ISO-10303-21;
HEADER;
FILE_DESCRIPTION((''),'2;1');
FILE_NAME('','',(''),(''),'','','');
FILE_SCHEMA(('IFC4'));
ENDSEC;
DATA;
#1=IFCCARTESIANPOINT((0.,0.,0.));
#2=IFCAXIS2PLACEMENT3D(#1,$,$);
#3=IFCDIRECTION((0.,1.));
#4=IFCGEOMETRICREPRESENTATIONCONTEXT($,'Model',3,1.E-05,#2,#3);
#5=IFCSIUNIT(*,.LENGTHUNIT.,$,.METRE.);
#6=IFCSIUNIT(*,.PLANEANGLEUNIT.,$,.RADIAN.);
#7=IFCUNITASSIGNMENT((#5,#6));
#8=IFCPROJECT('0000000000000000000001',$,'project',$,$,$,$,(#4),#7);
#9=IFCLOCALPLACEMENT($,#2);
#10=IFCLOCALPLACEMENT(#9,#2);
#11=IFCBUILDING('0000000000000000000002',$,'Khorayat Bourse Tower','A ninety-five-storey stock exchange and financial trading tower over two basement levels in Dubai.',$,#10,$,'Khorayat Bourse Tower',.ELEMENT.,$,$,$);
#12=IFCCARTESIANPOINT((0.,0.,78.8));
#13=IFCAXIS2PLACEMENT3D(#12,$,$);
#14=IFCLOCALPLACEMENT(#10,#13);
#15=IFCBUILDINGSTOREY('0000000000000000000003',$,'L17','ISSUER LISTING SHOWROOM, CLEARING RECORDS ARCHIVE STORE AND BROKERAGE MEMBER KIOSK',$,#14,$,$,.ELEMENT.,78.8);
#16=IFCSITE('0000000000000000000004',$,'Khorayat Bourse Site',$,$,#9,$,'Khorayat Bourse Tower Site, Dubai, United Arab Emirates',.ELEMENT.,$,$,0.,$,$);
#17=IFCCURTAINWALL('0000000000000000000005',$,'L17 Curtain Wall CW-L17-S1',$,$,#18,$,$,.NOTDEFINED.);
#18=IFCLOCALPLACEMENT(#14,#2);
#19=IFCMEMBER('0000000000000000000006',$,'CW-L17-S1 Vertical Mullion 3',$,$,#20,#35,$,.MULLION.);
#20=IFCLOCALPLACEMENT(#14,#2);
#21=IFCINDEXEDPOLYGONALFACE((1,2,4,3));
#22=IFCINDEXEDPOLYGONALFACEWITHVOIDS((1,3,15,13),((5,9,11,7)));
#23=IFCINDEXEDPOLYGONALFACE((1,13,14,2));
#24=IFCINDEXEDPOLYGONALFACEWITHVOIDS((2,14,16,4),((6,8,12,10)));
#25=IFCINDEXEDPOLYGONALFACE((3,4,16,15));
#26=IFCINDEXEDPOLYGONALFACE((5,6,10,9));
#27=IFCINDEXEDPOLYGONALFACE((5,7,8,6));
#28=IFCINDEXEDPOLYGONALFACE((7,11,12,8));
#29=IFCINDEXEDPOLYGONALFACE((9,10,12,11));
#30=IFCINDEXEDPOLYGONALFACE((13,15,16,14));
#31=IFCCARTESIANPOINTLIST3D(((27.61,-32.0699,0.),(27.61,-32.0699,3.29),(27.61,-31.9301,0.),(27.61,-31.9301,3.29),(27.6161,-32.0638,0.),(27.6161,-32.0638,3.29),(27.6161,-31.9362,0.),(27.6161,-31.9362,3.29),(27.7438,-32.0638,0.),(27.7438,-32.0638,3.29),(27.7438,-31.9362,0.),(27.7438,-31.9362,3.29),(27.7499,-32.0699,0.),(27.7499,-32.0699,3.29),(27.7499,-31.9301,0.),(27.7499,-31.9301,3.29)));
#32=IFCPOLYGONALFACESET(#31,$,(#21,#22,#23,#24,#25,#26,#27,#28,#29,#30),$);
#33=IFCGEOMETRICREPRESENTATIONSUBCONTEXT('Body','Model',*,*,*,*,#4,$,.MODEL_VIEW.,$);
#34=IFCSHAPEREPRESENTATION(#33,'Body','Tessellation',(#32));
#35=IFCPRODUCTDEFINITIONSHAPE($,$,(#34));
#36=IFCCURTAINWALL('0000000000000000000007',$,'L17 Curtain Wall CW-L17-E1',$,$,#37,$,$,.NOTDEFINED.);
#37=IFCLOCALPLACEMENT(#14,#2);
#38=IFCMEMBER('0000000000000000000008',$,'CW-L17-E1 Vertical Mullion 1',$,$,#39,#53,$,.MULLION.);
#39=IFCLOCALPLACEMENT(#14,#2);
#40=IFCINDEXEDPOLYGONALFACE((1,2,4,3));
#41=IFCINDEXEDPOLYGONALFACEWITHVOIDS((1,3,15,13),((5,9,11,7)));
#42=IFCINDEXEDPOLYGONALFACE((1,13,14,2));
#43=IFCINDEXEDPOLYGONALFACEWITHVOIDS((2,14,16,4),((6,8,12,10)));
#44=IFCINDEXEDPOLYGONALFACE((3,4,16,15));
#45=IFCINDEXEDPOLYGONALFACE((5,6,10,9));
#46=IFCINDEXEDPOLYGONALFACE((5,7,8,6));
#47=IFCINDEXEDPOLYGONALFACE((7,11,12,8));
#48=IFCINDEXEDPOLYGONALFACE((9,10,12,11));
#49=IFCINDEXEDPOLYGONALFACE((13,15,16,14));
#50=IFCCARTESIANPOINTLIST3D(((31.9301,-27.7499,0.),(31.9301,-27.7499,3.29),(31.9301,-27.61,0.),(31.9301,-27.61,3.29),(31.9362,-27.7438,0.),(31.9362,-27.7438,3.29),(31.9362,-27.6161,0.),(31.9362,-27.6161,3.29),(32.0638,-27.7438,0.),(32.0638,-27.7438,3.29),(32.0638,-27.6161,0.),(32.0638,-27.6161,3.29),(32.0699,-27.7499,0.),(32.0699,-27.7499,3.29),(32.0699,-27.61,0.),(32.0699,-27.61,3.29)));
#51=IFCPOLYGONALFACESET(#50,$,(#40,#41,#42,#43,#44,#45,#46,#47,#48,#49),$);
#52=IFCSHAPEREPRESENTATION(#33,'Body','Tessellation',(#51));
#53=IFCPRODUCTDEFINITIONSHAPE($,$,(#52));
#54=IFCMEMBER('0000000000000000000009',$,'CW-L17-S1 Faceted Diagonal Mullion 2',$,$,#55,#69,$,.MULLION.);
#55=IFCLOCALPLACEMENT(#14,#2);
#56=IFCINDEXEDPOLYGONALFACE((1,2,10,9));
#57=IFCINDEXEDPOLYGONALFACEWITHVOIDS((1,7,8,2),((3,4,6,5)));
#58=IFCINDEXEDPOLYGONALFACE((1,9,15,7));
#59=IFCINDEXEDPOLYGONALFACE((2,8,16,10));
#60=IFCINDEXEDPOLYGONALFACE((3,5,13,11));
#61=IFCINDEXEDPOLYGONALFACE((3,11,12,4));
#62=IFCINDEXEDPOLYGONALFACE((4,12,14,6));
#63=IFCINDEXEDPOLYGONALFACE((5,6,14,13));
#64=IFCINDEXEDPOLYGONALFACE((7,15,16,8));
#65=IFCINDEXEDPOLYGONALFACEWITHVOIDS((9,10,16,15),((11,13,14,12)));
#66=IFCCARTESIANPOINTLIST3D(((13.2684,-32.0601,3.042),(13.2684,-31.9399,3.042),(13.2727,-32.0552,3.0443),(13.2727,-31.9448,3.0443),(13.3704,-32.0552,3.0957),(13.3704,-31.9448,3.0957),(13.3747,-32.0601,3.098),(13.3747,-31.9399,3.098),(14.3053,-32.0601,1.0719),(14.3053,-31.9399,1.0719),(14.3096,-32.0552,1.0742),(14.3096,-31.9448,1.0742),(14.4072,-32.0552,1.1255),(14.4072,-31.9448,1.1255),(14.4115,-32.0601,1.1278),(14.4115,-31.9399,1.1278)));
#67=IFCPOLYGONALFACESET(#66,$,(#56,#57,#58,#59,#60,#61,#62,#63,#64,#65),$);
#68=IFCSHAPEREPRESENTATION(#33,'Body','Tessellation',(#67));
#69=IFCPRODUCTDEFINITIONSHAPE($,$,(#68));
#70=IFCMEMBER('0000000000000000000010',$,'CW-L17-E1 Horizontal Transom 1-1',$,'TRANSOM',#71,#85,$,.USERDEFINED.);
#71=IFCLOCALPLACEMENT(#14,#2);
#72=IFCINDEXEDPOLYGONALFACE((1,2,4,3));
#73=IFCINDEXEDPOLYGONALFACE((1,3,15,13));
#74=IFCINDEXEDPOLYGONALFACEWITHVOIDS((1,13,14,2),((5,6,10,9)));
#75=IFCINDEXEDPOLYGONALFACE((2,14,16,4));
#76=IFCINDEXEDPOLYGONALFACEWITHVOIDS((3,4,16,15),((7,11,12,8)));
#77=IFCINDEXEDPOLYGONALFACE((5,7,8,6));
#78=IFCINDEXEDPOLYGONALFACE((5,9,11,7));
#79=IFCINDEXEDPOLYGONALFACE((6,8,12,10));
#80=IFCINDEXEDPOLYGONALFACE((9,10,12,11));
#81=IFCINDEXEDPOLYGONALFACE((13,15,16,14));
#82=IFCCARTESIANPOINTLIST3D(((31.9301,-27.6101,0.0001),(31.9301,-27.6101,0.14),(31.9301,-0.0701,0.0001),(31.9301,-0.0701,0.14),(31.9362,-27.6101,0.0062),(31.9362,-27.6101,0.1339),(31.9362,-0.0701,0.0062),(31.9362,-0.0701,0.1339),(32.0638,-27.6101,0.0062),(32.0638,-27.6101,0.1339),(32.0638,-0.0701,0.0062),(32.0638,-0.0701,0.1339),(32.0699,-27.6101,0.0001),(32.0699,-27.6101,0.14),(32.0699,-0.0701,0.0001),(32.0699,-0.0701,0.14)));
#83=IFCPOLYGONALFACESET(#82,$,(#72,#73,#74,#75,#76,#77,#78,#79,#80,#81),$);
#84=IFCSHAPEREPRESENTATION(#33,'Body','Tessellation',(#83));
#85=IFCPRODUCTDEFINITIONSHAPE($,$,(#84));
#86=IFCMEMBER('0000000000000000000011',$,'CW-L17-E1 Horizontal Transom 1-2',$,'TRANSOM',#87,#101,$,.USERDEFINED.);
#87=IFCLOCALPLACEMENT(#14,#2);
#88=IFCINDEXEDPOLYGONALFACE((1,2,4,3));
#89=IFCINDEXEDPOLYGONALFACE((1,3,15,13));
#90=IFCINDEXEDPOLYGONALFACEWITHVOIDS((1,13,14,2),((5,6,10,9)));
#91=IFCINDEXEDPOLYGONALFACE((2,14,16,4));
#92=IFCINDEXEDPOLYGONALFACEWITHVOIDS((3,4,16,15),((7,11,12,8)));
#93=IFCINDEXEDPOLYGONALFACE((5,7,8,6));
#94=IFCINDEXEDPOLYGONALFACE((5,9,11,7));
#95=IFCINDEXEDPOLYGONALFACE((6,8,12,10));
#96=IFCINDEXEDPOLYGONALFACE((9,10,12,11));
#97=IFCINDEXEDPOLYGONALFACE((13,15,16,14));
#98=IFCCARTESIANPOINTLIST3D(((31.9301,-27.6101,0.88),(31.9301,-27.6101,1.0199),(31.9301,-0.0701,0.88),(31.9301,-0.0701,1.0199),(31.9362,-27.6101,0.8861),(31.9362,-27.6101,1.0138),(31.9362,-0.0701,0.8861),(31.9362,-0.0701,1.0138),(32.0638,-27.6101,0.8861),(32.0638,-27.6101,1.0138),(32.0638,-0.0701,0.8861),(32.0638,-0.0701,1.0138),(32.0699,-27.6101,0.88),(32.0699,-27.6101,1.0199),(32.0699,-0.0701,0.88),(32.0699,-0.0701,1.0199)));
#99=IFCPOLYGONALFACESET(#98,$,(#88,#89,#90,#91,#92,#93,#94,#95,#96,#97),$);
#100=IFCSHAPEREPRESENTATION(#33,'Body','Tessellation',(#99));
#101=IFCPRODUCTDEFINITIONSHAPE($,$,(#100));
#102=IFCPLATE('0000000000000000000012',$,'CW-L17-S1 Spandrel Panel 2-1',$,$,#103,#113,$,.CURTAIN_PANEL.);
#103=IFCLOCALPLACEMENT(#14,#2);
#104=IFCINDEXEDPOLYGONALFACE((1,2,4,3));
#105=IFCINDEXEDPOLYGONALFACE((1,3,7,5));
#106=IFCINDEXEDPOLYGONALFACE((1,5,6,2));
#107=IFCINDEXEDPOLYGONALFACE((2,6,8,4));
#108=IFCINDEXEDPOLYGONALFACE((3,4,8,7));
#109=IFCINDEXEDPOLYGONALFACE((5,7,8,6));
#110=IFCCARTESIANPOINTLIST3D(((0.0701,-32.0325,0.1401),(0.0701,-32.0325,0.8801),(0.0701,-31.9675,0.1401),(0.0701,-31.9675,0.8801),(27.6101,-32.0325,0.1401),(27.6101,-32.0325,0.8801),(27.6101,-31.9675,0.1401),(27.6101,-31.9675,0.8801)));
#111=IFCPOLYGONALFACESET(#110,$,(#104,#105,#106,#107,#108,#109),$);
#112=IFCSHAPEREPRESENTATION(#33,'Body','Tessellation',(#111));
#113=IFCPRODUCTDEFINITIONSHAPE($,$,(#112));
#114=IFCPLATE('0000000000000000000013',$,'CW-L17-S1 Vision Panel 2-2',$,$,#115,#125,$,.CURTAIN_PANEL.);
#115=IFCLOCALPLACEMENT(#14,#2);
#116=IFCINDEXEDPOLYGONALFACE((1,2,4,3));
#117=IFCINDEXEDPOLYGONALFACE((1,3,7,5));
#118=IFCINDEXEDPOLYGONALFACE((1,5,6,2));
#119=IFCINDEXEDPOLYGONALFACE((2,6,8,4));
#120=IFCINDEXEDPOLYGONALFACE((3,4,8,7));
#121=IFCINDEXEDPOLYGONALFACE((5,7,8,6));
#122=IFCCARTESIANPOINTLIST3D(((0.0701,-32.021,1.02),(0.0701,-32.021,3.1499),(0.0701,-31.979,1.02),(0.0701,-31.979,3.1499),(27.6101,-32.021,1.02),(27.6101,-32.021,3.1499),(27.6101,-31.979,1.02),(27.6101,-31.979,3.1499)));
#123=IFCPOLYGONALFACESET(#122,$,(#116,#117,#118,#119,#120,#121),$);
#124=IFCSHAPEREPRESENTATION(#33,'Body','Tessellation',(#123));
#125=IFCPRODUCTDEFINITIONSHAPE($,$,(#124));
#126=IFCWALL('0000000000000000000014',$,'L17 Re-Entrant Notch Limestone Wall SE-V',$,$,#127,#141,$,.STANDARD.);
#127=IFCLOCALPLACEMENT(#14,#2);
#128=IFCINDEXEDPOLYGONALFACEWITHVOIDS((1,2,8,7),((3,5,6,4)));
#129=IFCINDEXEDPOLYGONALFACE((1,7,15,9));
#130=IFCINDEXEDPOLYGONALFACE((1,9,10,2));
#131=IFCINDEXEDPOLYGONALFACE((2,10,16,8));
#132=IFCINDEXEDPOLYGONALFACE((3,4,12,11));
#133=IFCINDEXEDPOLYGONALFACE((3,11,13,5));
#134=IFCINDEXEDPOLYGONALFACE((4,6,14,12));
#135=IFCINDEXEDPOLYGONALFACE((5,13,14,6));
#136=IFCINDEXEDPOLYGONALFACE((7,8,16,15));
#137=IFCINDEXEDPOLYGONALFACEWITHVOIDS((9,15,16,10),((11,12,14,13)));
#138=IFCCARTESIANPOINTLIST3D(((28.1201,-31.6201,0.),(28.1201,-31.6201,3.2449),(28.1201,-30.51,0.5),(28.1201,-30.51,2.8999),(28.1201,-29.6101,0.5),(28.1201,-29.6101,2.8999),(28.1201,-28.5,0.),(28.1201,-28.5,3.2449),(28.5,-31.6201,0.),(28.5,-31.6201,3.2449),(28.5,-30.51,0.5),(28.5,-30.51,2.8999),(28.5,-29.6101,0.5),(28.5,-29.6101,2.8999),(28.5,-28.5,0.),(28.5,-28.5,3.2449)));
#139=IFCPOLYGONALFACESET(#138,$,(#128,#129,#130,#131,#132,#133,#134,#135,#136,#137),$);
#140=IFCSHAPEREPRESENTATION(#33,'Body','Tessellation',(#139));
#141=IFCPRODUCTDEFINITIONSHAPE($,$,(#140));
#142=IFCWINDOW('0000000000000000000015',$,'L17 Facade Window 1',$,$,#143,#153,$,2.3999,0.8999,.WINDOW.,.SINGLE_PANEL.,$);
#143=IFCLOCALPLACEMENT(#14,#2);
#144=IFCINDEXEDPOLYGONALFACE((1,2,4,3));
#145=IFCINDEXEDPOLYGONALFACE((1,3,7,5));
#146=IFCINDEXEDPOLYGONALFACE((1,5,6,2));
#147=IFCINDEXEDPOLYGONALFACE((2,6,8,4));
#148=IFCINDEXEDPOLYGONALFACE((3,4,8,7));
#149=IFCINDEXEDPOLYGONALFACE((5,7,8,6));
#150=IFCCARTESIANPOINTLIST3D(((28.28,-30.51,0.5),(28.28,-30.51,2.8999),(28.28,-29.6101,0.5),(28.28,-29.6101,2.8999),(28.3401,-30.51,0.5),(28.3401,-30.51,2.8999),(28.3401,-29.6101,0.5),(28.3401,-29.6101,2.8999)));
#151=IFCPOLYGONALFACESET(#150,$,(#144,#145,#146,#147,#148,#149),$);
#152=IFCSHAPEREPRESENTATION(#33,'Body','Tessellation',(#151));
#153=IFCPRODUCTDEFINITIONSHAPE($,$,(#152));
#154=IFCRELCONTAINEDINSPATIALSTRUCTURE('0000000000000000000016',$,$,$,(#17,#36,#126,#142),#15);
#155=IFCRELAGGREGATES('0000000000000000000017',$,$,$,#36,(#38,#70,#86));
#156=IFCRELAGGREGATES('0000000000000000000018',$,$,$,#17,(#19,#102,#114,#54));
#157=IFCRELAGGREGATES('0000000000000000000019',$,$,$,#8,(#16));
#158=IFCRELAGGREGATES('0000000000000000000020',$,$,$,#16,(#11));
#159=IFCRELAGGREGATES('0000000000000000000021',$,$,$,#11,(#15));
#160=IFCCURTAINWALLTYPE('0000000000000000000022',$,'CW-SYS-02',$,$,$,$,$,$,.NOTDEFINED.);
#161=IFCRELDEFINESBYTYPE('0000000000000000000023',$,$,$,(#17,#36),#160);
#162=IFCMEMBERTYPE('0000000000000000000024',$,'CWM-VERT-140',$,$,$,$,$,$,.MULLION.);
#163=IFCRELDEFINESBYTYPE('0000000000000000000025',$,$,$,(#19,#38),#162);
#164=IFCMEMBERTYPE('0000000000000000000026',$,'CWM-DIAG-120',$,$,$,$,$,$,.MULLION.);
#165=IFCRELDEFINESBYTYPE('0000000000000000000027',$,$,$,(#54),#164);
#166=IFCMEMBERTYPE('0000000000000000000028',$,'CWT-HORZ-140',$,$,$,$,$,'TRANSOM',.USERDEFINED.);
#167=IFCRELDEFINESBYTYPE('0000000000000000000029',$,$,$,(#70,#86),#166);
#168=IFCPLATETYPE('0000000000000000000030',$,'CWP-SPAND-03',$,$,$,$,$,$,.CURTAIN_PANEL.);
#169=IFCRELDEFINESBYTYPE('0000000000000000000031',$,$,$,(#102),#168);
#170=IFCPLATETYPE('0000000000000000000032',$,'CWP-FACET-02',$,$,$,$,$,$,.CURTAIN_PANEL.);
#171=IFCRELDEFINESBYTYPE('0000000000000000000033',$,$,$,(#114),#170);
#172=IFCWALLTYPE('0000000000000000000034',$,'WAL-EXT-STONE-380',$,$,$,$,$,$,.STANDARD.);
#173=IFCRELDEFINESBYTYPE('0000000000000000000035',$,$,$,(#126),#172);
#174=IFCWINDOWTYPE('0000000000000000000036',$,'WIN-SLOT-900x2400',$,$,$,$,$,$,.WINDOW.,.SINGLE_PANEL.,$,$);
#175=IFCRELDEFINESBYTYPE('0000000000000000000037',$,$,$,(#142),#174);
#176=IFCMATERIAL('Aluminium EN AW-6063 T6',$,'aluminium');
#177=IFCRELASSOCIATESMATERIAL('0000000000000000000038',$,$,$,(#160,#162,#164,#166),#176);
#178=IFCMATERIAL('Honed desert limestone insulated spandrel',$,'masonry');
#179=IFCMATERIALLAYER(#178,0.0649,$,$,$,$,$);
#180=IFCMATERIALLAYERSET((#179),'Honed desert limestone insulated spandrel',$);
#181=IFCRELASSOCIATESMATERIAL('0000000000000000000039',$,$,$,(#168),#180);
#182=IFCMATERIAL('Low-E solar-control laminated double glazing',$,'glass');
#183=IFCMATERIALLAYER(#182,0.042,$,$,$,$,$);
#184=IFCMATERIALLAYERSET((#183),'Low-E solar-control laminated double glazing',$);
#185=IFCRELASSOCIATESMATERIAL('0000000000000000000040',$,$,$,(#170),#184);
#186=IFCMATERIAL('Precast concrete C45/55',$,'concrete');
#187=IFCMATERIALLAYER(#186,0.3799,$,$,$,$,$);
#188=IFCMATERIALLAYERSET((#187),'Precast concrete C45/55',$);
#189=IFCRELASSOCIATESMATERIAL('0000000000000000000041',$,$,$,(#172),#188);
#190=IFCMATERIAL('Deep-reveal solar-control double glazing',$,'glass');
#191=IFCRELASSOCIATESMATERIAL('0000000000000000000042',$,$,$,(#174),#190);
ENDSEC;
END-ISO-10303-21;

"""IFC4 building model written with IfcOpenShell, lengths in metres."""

from ifc_helpers import new_model, si_unit, direction, frame, frame_2d, origin, origin_2d, place, context, subcontext, project, spatial, rectangle, hollow_rectangle, extrude, source, transform, mapped, material, layer, layer_set, material_profile, profile_set, type_object, element, fill, aggregate, save


model = new_model("IFC4")

# Units and contexts
model_context = context("Model", 3, precision=1e-05, world=origin(), true_north=direction((0.0, 1.0)))
body_context = subcontext(model_context, "Body", "Model", "MODEL_VIEW")
ifc_project = project(units=[si_unit("LENGTHUNIT", "METRE"), si_unit("PLANEANGLEUNIT", "RADIAN")], contexts=[model_context])

# Site, building, storey
site_placement = place(None, origin())
site = spatial("IfcSite", under=ifc_project, at=site_placement, Name="Khorayat Bourse Site", LongName="Khorayat Bourse Tower Site, Dubai, United Arab Emirates", CompositionType="ELEMENT", RefElevation=0.0)
building_placement = place(site_placement, origin())
building = spatial("IfcBuilding", under=site, at=building_placement, Name="Khorayat Bourse Tower", Description="A ninety-five-storey stock exchange and financial trading tower over two basement levels in Dubai.", LongName="Khorayat Bourse Tower", CompositionType="ELEMENT")
storey_placement = place(building_placement, frame((0.0, 0.0, 78.8)))
storey = spatial("IfcBuildingStorey", under=building, at=storey_placement, Name="L17", Description="ISSUER LISTING SHOWROOM, CLEARING RECORDS ARCHIVE STORE AND BROKERAGE MEMBER KIOSK", CompositionType="ELEMENT", Elevation=78.8)

# Curtain walls, members
ifc_material_1 = material(Name="Aluminium EN AW-6063 T6", Category="aluminium")
curtain_wall_type = type_object("IfcCurtainWallType", Name="CW-SYS-02", PredefinedType="NOTDEFINED", material=ifc_material_1)
curtain_wall_1_placement = place(storey_placement, origin())
curtain_wall_1 = element("IfcCurtainWall", 1, at=curtain_wall_1_placement, inside=storey, type_object=curtain_wall_type, Name="L17 Curtain Wall CW-L17-S1", PredefinedType="NOTDEFINED")
ifc_material_profile_1 = material_profile(ifc_material_1, hollow_rectangle(XDim=0.1399, YDim=0.1399, WallThickness=0.0061, at=origin_2d()), Name="ALU 140x140x6")
ifc_profile_set_1 = profile_set([ifc_material_profile_1], Name="Aluminium EN AW-6063 T6")
member_type_1 = type_object("IfcMemberType", Name="CWM-VERT-140", PredefinedType="MULLION", material=ifc_profile_set_1)
shared_shape_1 = source(origin(), body_context, "Body", "SweptSolid", [
    extrude(hollow_rectangle(XDim=0.1399, YDim=0.1399, WallThickness=0.0061, at=origin_2d()), origin(), (0.0, 0.0, 1.0), 3.29),
])
member_1_placement = place(storey_placement, frame((27.6799, -32.0, 0.0), z_axis=(0.0, 0.0, 1.0), x_axis=(0.0, 1.0, 0.0)))
member_1 = element("IfcMember", 2, at=member_1_placement, type_object=member_type_1, Name="CW-L17-S1 Vertical Mullion 3", PredefinedType="MULLION", context=body_context, shape_type="MappedRepresentation", body=[
    mapped(shared_shape_1, transform((0.0, 0.0, 0.0), scale=1.0)),
])
curtain_wall_2_placement = place(storey_placement, origin())
curtain_wall_2 = element("IfcCurtainWall", 3, at=curtain_wall_2_placement, inside=storey, type_object=curtain_wall_type, Name="L17 Curtain Wall CW-L17-E1", PredefinedType="NOTDEFINED")
member_2_placement = place(storey_placement, frame((32.0, -27.6799, 0.0), z_axis=(0.0, 0.0, 1.0), x_axis=(-1.0, 0.0, 0.0)))
member_2 = element("IfcMember", 4, at=member_2_placement, type_object=member_type_1, Name="CW-L17-E1 Vertical Mullion 1", PredefinedType="MULLION", context=body_context, shape_type="MappedRepresentation", body=[
    mapped(shared_shape_1, transform((0.0, 0.0, 0.0), scale=1.0)),
])

# Members
ifc_material_profile_2 = material_profile(ifc_material_1, hollow_rectangle(XDim=0.1201, YDim=0.1201, WallThickness=0.0049, at=origin_2d()), Name="ALU 120x120x5")
ifc_profile_set_2 = profile_set([ifc_material_profile_2], Name="Aluminium EN AW-6063 T6")
member_type_2 = type_object("IfcMemberType", Name="CWM-DIAG-120", PredefinedType="MULLION", material=ifc_profile_set_2)
shared_shape_2 = source(origin(), body_context, "Body", "SweptSolid", [
    extrude(hollow_rectangle(XDim=0.1201, YDim=0.1201, WallThickness=0.0049, at=origin_2d()), origin(), (0.0, 0.0, 1.0), 2.2263),
])
member_3_placement = place(storey_placement, frame((14.3584, -32.0, 1.0999), z_axis=(-0.465715, 0.0, 0.884935), x_axis=(0.0, -1.0, 0.0)))
member_3 = element("IfcMember", 5, at=member_3_placement, type_object=member_type_2, Name="CW-L17-S1 Faceted Diagonal Mullion 2", PredefinedType="MULLION", context=body_context, shape_type="MappedRepresentation", body=[
    mapped(shared_shape_2, transform((0.0, 0.0, 0.0), scale=1.0)),
])
ifc_material_profile_3 = material_profile(ifc_material_1, hollow_rectangle(XDim=0.1399, YDim=0.1399, WallThickness=0.0061, at=origin_2d()), Name="ALU 140x140x6")
ifc_profile_set_3 = profile_set([ifc_material_profile_3], Name="Aluminium EN AW-6063 T6")
member_type_3 = type_object("IfcMemberType", Name="CWT-HORZ-140", ElementType="TRANSOM", PredefinedType="USERDEFINED", material=ifc_profile_set_3)
shared_shape_3 = source(origin(), body_context, "Body", "SweptSolid", [
    extrude(hollow_rectangle(XDim=0.1399, YDim=0.1399, WallThickness=0.0061, at=origin_2d()), origin(), (0.0, 0.0, 1.0), 27.54),
])
member_4_placement = place(storey_placement, frame((32.0, -27.6101, 0.0701), z_axis=(0.0, 1.0, 0.0), x_axis=(-1.0, 0.0, 0.0)))
member_4 = element("IfcMember", 6, at=member_4_placement, type_object=member_type_3, Name="CW-L17-E1 Horizontal Transom 1-1", ObjectType="TRANSOM", PredefinedType="USERDEFINED", context=body_context, shape_type="MappedRepresentation", body=[
    mapped(shared_shape_3, transform((0.0, 0.0, 0.0), scale=1.0)),
])
member_5_placement = place(storey_placement, frame((32.0, -27.6101, 0.95), z_axis=(0.0, 1.0, 0.0), x_axis=(-1.0, 0.0, 0.0)))
member_5 = element("IfcMember", 7, at=member_5_placement, type_object=member_type_3, Name="CW-L17-E1 Horizontal Transom 1-2", ObjectType="TRANSOM", PredefinedType="USERDEFINED", context=body_context, shape_type="MappedRepresentation", body=[
    mapped(shared_shape_3, transform((0.0, 0.0, 0.0), scale=1.0)),
])
aggregate(curtain_wall_2, [member_2, member_4, member_5])

# Plates
ifc_material_2 = material(Name="Honed desert limestone insulated spandrel", Category="masonry")
ifc_layer_1 = layer(ifc_material_2, 0.0649)
ifc_layer_set_1 = layer_set([ifc_layer_1], Name="Honed desert limestone insulated spandrel")
plate_type_1 = type_object("IfcPlateType", Name="CWP-SPAND-03", PredefinedType="CURTAIN_PANEL", material=ifc_layer_set_1)
shared_shape_4 = source(origin(), body_context, "Body", "SweptSolid", [
    extrude(rectangle(XDim=27.54, YDim=0.0649, at=origin_2d()), origin(), (0.0, 0.0, 1.0), 0.74),
])
plate_1_placement = place(storey_placement, frame((13.8401, -32.0, 0.1401), z_axis=(0.0, 0.0, 1.0), x_axis=(1.0, 0.0, 0.0)))
plate_1 = element("IfcPlate", 8, at=plate_1_placement, type_object=plate_type_1, Name="CW-L17-S1 Spandrel Panel 2-1", PredefinedType="CURTAIN_PANEL", context=body_context, shape_type="MappedRepresentation", body=[
    mapped(shared_shape_4, transform((0.0, 0.0, 0.0), scale=1.0)),
])
ifc_material_3 = material(Name="Low-E solar-control laminated double glazing", Category="glass")
ifc_layer_2 = layer(ifc_material_3, 0.042)
ifc_layer_set_2 = layer_set([ifc_layer_2], Name="Low-E solar-control laminated double glazing")
plate_type_2 = type_object("IfcPlateType", Name="CWP-FACET-02", PredefinedType="CURTAIN_PANEL", material=ifc_layer_set_2)
shared_shape_5 = source(origin(), body_context, "Body", "SweptSolid", [
    extrude(rectangle(XDim=27.54, YDim=0.042, at=origin_2d()), origin(), (0.0, 0.0, 1.0), 2.1299),
])
plate_2_placement = place(storey_placement, frame((13.8401, -32.0, 1.02), z_axis=(0.0, 0.0, 1.0), x_axis=(1.0, 0.0, 0.0)))
plate_2 = element("IfcPlate", 9, at=plate_2_placement, type_object=plate_type_2, Name="CW-L17-S1 Vision Panel 2-2", PredefinedType="CURTAIN_PANEL", context=body_context, shape_type="MappedRepresentation", body=[
    mapped(shared_shape_5, transform((0.0, 0.0, 0.0), scale=1.0)),
])
aggregate(curtain_wall_1, [member_1, plate_1, plate_2, member_3])

# Wall, opening, window
ifc_material_4 = material(Name="Precast concrete C45/55", Category="concrete")
ifc_layer_3 = layer(ifc_material_4, 0.3799)
ifc_layer_set_3 = layer_set([ifc_layer_3], Name="Precast concrete C45/55")
wall_type_1 = type_object("IfcWallType", Name="WAL-EXT-STONE-380", PredefinedType="STANDARD", material=ifc_layer_set_3)
shared_shape_6 = source(origin(), body_context, "Body", "SweptSolid", [
    extrude(rectangle(XDim=3.1201, YDim=0.3799, at=frame_2d((1.5601, 0.0))), origin(), (0.0, 0.0, 1.0), 3.2449),
])
wall_1_placement = place(storey_placement, frame((28.3101, -31.6201, 0.0), z_axis=(0.0, 0.0, 1.0), x_axis=(0.0, 1.0, 0.0)))
wall_1 = element("IfcWall", 10, at=wall_1_placement, inside=storey, type_object=wall_type_1, Name="L17 Re-Entrant Notch Limestone Wall SE-V", PredefinedType="STANDARD", context=body_context, shape_type="MappedRepresentation", body=[
    mapped(shared_shape_6, transform((0.0, 0.0, 0.0), scale=1.0)),
])
shared_shape_7 = source(origin(), body_context, "Body", "SweptSolid", [
    extrude(rectangle(XDim=0.8999, YDim=2.3999, at=frame_2d((0.45, 1.2))), frame((0.0, 0.2, 0.0), z_axis=(0.0, -1.0, 0.0), x_axis=(1.0, 0.0, 0.0)), (0.0, 0.0, 1.0), 0.3999),
])
opening_1_placement = place(wall_1_placement, frame((1.1101, 0.0, 0.5)))
opening_1 = element("IfcOpeningElement", 11, at=opening_1_placement, cuts=wall_1, PredefinedType="OPENING", context=body_context, shape_type="MappedRepresentation", body=[
    mapped(shared_shape_7, transform((0.0, 0.0, 0.0), scale=1.0)),
])
ifc_material_5 = material(Name="Deep-reveal solar-control double glazing", Category="glass")
window_type = type_object("IfcWindowType", Name="WIN-SLOT-900x2400", PartitioningType="SINGLE_PANEL", PredefinedType="WINDOW", material=ifc_material_5)
shared_shape_8 = source(origin(), body_context, "Body", "SweptSolid", [
    extrude(rectangle(XDim=0.8999, YDim=2.3999, at=frame_2d((0.45, 1.2))), frame((0.0, 0.03, 0.0), z_axis=(0.0, -1.0, 0.0), x_axis=(1.0, 0.0, 0.0)), (0.0, 0.0, 1.0), 0.0601),
])
window_1_placement = place(opening_1_placement, origin())
window_1 = element("IfcWindow", 12, at=window_1_placement, inside=storey, type_object=window_type, Name="L17 Facade Window 1", OverallHeight=2.3999, OverallWidth=0.8999, PartitioningType="SINGLE_PANEL", PredefinedType="WINDOW", context=body_context, shape_type="MappedRepresentation", body=[
    mapped(shared_shape_8, transform((0.0, 0.0, 0.0), scale=1.0)),
])
fill(opening_1, window_1)

save(model, "model.ifc")
